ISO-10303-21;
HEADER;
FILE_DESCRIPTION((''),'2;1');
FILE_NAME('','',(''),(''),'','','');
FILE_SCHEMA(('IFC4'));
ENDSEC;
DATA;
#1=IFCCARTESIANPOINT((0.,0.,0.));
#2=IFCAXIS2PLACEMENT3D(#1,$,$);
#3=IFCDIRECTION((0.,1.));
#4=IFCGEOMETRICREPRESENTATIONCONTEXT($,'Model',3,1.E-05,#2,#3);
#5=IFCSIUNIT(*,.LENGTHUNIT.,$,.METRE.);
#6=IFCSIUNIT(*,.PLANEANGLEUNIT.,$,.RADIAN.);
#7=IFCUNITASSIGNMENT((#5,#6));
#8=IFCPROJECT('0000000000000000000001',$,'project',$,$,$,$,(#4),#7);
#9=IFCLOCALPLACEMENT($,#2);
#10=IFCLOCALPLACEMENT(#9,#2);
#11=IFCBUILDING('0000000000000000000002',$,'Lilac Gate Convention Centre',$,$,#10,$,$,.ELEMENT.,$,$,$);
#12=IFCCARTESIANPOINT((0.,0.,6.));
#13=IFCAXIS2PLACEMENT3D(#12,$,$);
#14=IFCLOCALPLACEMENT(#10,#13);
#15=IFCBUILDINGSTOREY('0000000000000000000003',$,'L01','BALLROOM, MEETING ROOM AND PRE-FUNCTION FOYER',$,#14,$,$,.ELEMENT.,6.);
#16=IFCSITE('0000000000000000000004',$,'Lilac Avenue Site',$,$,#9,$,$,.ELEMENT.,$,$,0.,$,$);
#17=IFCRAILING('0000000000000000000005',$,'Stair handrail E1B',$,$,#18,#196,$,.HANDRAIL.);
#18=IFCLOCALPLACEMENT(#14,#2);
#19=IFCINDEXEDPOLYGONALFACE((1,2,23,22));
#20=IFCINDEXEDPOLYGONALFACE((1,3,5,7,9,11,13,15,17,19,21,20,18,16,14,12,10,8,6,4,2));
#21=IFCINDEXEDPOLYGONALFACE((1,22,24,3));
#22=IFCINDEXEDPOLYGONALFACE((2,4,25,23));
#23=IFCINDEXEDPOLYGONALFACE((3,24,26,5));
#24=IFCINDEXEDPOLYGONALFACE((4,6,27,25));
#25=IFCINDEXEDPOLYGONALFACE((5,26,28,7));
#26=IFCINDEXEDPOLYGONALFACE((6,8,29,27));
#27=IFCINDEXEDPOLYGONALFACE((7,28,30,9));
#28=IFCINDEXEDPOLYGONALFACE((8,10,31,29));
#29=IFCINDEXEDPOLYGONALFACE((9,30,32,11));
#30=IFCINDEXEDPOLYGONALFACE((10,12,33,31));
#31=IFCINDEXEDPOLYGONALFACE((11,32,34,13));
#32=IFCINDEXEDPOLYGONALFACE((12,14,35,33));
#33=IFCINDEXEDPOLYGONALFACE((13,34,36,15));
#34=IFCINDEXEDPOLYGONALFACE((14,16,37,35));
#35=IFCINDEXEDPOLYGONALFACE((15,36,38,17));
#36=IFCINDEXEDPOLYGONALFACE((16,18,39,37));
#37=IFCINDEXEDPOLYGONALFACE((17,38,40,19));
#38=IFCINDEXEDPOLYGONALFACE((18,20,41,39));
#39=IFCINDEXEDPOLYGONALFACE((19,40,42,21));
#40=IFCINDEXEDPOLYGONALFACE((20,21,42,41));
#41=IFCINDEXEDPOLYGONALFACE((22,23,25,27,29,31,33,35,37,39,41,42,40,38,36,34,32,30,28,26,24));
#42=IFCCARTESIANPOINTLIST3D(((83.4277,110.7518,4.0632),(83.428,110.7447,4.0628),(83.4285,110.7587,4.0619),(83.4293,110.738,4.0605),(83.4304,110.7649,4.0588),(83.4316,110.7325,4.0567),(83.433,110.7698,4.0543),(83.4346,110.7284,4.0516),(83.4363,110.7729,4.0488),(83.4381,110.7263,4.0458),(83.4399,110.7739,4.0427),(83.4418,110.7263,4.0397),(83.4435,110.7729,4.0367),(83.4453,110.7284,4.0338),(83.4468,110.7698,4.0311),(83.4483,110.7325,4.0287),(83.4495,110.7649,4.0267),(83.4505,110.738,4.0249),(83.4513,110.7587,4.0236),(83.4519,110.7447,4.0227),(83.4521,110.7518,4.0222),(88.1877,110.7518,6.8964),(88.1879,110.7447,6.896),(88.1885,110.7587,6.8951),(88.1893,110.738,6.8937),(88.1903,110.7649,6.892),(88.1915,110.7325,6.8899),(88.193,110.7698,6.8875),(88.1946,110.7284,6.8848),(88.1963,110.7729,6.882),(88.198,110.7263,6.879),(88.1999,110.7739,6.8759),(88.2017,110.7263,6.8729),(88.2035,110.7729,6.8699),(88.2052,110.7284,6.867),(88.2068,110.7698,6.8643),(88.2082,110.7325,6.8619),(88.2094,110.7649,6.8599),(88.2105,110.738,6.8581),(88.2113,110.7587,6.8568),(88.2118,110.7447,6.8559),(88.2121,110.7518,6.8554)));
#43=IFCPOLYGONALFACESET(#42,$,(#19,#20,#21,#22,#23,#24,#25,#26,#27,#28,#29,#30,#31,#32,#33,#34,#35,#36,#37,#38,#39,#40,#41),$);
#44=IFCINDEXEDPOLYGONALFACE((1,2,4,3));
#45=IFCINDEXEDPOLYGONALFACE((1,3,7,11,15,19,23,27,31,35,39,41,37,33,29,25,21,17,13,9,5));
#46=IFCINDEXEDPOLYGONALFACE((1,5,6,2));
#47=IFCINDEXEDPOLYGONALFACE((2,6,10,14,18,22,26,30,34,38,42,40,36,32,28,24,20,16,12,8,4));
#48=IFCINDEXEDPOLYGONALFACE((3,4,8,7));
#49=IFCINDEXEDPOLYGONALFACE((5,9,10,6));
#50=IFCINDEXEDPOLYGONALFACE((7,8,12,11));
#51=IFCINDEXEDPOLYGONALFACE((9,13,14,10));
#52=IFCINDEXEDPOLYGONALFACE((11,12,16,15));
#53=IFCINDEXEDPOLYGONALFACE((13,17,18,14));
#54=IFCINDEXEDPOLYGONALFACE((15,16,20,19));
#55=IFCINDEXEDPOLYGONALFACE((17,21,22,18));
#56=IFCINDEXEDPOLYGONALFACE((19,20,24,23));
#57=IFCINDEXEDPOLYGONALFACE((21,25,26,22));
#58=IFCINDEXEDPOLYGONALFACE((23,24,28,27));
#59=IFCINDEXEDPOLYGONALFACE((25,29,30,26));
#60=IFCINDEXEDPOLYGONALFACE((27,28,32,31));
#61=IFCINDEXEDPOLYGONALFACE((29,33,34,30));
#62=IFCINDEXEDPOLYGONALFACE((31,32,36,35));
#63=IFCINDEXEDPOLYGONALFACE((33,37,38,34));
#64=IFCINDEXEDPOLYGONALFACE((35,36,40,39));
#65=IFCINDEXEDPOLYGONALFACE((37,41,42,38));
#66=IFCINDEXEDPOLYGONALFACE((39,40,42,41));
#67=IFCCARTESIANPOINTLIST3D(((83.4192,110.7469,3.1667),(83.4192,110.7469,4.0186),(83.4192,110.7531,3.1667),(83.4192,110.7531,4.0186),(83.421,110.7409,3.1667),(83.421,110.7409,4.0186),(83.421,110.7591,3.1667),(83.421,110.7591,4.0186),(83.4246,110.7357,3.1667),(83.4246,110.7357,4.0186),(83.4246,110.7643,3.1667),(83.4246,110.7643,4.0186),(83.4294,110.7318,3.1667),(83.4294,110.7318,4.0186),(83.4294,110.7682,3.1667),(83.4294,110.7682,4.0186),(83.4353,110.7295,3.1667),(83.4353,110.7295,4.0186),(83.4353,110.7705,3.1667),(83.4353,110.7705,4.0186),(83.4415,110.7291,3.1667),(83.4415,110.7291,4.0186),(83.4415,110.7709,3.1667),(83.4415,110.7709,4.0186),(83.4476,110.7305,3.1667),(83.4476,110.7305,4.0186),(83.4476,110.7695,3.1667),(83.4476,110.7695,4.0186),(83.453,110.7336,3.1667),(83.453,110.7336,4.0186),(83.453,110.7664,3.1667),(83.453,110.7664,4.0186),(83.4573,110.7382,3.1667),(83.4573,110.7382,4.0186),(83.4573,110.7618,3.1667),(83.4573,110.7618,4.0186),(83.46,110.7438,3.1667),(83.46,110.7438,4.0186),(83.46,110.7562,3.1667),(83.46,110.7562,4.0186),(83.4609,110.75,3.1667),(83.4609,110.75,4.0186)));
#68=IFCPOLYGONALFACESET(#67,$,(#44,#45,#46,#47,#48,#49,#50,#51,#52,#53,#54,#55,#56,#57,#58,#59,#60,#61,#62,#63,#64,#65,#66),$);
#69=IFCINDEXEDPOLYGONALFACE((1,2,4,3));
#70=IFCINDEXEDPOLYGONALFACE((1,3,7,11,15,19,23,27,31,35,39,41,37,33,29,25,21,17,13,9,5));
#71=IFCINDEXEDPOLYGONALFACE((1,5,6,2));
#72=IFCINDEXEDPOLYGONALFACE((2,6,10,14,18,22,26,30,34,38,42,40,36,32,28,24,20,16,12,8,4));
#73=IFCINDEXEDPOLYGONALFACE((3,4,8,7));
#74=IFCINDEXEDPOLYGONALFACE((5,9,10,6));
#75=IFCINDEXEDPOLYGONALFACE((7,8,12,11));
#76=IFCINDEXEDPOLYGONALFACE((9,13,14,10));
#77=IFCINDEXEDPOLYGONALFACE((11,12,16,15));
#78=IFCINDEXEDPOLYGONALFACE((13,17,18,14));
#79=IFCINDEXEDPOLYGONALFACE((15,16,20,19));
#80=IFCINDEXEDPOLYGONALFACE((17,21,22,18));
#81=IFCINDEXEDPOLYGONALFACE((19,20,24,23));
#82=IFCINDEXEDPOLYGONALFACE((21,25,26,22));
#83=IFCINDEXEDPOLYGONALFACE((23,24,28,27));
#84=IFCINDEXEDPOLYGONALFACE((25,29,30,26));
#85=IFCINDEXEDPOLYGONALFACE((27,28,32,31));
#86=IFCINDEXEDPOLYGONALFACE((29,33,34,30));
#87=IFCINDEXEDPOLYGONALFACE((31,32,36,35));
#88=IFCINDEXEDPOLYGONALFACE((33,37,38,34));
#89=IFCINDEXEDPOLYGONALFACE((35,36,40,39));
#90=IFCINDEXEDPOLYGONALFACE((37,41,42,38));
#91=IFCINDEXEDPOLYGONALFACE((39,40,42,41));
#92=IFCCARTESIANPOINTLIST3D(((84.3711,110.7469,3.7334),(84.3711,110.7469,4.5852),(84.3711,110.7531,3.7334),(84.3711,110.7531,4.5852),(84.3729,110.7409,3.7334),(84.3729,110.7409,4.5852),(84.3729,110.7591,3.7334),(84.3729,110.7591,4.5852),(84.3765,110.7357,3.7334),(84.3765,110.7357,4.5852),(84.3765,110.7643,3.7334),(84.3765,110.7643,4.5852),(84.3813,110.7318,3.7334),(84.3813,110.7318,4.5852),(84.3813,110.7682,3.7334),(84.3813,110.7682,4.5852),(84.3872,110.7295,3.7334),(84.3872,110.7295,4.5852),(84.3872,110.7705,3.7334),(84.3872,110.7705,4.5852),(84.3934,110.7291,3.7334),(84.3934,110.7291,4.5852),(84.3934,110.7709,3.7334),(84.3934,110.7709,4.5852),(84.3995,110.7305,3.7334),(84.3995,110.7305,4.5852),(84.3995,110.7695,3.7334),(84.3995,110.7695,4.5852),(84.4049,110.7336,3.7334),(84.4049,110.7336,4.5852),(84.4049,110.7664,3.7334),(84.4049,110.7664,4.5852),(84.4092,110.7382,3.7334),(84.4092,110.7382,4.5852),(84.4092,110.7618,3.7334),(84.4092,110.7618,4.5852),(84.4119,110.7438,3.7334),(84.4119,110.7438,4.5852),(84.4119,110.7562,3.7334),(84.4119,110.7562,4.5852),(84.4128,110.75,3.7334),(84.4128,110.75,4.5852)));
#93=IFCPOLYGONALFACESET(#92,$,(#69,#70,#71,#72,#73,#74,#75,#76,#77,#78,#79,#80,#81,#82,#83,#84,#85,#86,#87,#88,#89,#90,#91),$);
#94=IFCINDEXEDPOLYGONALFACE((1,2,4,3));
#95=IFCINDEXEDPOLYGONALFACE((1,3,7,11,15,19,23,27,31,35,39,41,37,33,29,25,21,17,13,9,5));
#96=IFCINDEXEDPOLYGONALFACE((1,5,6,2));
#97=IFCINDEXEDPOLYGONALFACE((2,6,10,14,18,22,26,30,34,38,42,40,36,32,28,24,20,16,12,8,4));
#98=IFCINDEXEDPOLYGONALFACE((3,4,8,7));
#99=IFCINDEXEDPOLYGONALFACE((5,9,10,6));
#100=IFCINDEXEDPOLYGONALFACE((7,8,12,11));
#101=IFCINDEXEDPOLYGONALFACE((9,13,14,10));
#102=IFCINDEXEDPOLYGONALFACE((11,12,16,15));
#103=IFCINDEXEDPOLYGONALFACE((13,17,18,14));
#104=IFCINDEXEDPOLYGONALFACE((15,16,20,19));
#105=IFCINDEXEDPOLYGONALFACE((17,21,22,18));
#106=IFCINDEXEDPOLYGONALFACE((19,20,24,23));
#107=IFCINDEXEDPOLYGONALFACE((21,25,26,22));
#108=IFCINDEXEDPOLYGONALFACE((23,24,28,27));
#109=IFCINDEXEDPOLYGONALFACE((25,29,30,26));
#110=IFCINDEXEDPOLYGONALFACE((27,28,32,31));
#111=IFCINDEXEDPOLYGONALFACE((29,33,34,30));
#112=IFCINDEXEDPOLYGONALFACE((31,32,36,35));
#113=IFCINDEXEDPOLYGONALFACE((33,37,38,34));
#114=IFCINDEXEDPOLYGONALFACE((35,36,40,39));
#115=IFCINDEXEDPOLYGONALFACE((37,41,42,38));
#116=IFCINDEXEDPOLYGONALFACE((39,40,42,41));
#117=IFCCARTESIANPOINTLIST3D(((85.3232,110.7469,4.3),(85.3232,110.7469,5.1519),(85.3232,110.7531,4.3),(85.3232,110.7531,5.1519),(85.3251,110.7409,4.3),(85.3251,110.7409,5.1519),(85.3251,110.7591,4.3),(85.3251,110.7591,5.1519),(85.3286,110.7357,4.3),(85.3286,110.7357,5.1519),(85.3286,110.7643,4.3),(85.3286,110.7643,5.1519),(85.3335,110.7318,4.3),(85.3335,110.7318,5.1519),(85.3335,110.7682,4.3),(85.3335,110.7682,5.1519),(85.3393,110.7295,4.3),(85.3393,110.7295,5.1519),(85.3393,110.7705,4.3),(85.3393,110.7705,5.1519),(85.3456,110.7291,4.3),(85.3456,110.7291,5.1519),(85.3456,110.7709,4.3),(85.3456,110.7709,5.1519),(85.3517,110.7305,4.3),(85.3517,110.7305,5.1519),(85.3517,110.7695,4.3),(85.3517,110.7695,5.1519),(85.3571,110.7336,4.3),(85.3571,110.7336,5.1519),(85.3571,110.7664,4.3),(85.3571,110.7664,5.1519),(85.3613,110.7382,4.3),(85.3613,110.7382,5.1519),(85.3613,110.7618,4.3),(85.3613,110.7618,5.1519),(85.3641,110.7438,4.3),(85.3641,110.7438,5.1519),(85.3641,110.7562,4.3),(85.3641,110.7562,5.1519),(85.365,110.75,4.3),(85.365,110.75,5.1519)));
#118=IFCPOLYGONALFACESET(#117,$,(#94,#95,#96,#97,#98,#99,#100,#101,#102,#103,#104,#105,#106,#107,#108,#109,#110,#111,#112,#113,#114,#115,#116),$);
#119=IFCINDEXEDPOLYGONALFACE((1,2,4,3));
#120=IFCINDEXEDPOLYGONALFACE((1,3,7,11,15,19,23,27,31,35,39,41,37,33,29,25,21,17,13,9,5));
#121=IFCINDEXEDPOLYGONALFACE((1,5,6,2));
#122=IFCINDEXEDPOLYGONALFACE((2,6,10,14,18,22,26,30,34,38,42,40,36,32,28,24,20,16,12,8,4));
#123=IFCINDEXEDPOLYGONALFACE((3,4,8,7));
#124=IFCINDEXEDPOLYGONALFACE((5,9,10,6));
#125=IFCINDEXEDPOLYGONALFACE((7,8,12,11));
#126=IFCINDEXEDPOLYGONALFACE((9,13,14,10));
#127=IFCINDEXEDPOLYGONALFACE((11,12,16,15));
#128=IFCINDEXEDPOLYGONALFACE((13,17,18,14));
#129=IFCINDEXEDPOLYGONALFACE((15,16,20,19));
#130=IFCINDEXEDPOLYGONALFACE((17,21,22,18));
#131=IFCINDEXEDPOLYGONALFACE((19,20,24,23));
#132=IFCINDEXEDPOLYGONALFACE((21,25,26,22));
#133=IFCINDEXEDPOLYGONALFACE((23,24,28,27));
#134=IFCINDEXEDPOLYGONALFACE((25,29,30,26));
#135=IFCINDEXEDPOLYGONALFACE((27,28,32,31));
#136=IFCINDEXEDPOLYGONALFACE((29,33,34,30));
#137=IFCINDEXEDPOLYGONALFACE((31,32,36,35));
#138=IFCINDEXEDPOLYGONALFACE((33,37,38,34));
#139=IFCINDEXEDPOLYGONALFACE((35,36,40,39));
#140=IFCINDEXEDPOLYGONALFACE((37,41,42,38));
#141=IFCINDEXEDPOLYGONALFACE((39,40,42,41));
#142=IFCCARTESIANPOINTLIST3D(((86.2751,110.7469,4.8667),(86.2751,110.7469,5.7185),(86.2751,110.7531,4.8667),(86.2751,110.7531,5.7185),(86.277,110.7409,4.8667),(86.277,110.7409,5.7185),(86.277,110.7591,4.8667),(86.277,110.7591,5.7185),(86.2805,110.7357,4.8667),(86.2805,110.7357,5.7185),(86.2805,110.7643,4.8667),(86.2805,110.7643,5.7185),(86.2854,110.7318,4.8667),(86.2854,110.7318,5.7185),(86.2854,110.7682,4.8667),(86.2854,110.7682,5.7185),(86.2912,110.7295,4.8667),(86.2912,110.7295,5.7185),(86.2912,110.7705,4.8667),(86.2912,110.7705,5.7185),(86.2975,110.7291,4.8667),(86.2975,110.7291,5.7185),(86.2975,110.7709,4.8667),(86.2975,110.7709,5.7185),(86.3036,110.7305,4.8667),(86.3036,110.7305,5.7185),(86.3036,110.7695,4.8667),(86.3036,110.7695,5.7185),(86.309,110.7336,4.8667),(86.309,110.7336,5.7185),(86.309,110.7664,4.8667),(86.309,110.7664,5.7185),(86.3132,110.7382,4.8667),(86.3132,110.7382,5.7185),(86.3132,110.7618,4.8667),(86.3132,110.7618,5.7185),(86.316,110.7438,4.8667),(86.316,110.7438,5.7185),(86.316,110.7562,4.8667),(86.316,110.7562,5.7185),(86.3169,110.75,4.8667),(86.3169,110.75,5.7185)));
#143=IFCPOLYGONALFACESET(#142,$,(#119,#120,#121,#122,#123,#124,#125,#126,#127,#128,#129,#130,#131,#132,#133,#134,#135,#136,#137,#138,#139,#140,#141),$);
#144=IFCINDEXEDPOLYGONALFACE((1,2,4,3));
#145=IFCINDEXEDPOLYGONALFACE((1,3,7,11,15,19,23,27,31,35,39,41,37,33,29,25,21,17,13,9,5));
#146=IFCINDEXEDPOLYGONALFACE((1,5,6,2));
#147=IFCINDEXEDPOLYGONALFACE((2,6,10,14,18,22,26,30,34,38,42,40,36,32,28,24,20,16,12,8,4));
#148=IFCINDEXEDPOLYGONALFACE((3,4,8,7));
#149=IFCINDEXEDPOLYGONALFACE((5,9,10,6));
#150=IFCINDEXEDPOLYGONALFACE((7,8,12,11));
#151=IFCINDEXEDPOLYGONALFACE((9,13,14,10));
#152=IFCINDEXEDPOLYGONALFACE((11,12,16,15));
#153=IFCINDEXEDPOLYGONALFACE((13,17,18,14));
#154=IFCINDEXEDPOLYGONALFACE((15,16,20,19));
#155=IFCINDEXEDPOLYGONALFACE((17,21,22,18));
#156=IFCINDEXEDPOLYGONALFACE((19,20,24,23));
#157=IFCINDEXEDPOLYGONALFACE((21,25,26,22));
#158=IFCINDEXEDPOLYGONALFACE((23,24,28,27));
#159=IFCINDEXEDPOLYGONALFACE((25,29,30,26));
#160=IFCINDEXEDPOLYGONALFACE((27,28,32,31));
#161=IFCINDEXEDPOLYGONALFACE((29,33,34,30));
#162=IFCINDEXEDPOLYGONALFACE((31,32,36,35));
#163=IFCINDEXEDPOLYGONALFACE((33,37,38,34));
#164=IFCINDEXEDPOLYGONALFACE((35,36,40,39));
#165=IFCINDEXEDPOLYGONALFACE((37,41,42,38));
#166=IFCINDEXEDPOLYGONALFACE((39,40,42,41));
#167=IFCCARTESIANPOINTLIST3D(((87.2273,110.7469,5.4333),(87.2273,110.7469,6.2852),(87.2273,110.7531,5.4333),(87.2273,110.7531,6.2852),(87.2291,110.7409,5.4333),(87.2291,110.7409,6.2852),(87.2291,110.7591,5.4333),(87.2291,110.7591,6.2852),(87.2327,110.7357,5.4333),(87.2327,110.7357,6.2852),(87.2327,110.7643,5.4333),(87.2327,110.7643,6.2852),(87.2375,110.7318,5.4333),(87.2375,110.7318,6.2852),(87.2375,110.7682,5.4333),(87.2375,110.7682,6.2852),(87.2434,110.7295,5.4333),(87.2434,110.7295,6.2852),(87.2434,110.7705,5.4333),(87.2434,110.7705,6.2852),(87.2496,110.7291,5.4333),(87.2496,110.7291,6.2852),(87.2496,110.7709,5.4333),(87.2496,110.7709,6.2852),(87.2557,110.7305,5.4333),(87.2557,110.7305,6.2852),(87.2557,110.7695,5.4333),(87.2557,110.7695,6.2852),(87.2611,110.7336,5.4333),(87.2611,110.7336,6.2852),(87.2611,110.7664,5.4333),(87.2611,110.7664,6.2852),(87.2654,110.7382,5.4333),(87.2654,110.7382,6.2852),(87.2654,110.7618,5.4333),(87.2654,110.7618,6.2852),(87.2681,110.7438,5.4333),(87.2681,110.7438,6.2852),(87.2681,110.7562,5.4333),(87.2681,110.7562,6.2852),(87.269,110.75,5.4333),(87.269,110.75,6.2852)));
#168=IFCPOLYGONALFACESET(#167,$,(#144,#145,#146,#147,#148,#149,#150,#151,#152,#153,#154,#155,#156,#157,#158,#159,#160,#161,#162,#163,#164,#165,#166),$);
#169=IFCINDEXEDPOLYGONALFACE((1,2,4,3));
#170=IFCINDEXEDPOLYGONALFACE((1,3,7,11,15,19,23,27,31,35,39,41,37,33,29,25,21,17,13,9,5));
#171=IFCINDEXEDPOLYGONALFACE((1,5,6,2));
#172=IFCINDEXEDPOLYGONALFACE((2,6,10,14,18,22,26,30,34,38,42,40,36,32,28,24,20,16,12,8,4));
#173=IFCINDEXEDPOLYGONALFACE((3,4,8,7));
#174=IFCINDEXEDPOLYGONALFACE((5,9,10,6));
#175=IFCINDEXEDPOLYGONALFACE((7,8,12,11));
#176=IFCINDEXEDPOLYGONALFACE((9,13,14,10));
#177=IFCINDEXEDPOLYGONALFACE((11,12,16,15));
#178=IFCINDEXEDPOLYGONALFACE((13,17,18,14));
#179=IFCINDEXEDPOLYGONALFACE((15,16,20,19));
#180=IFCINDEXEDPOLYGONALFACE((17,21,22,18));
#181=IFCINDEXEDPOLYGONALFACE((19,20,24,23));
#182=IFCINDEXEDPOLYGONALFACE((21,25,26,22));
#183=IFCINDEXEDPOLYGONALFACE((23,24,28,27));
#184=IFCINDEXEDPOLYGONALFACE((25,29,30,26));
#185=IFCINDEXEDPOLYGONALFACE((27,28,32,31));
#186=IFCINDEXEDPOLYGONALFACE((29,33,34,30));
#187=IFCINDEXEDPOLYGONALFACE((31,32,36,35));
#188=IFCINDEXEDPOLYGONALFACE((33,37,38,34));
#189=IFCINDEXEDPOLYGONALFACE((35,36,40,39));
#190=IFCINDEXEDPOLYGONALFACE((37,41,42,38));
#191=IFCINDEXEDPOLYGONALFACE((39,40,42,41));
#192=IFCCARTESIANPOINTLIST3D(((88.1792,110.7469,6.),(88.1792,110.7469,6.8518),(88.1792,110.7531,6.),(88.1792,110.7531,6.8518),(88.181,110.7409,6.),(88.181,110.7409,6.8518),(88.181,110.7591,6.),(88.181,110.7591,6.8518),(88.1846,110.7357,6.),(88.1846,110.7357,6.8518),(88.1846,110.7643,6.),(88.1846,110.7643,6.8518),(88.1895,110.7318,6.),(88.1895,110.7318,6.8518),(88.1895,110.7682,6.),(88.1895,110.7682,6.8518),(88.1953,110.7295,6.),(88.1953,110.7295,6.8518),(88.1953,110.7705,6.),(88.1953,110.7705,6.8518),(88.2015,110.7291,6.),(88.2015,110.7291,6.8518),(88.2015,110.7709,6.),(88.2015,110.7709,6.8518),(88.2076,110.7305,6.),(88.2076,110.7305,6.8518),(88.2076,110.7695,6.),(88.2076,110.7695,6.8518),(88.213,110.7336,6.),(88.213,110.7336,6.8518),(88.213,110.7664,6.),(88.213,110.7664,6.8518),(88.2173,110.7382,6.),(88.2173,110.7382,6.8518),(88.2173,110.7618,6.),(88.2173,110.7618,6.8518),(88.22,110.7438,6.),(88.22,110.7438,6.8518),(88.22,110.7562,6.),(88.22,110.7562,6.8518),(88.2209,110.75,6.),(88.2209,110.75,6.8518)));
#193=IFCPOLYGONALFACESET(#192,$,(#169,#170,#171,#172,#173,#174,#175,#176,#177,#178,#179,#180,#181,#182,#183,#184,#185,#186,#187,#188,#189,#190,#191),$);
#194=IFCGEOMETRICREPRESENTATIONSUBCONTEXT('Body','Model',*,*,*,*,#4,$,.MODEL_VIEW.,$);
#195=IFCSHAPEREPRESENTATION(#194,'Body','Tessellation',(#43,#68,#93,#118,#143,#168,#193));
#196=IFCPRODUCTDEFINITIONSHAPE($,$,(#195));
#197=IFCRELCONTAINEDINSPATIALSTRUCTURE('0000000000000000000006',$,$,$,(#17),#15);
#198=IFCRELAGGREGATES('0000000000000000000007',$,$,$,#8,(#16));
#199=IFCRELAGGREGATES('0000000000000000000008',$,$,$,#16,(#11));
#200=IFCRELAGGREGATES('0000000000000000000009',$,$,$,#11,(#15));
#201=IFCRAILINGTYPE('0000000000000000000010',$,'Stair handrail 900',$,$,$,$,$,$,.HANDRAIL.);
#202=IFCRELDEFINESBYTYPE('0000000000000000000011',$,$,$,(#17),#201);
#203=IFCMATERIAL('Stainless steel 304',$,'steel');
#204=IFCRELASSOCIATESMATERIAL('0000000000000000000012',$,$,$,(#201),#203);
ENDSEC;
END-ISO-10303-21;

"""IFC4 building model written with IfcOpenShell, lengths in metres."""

from ifc_helpers import new_model, si_unit, direction, frame, origin, origin_2d, place, context, subcontext, project, spatial, circle, extrude, material, type_object, element, save


model = new_model("IFC4")

# Units and contexts
model_context = context("Model", 3, precision=1e-05, world=origin(), true_north=direction((0.0, 1.0)))
body_context = subcontext(model_context, "Body", "Model", "MODEL_VIEW")
ifc_project = project(units=[si_unit("LENGTHUNIT", "METRE"), si_unit("PLANEANGLEUNIT", "RADIAN")], contexts=[model_context])

# Site, building, storey
site_placement = place(None, origin())
site = spatial("IfcSite", under=ifc_project, at=site_placement, Name="Lilac Avenue Site", CompositionType="ELEMENT", RefElevation=0.0)
building_placement = place(site_placement, origin())
building = spatial("IfcBuilding", under=site, at=building_placement, Name="Lilac Gate Convention Centre", CompositionType="ELEMENT")
storey_placement = place(building_placement, frame((0.0, 0.0, 6.0)))
storey = spatial("IfcBuildingStorey", under=building, at=storey_placement, Name="L01", Description="BALLROOM, MEETING ROOM AND PRE-FUNCTION FOYER", CompositionType="ELEMENT", Elevation=6.0)

# Railing
ifc_material_1 = material(Name="Stainless steel 304", Category="steel")
railing_type = type_object("IfcRailingType", Name="Stair handrail 900", PredefinedType="HANDRAIL", material=ifc_material_1)
for number, where, name in (
    (1, (83.4399, 110.75, 3.1667), "Stair handrail E1B"),
):
    element("IfcRailing", number, at=place(storey_placement, frame(where)), inside=storey, type_object=railing_type, Name=name, PredefinedType="HANDRAIL", context=body_context, shape_type="SweptSolid", body=[
        extrude(circle(Radius=0.0239, at=origin_2d()), frame((0.0, 0.0, 0.876), z_axis=(0.8593, 0.0, 0.511472), x_axis=(0.0, 1.0, 0.0)), (0.0, 0.0, 1.0), 5.5393),
        extrude(circle(Radius=0.021, at=origin_2d()), origin(), (0.0, 0.0, 1.0), 0.8518),
        extrude(circle(Radius=0.021, at=origin_2d()), frame((0.9519, 0.0, 0.5667)), (0.0, 0.0, 1.0), 0.8518),
        extrude(circle(Radius=0.021, at=origin_2d()), frame((1.9041, 0.0, 1.1333)), (0.0, 0.0, 1.0), 0.8518),
        extrude(circle(Radius=0.021, at=origin_2d()), frame((2.856, 0.0, 1.7)), (0.0, 0.0, 1.0), 0.8518),
        extrude(circle(Radius=0.021, at=origin_2d()), frame((3.8081, 0.0, 2.2666)), (0.0, 0.0, 1.0), 0.8518),
        extrude(circle(Radius=0.021, at=origin_2d()), frame((4.76, 0.0, 2.8333)), (0.0, 0.0, 1.0), 0.8518),
    ])

save(model, "model.ifc")
